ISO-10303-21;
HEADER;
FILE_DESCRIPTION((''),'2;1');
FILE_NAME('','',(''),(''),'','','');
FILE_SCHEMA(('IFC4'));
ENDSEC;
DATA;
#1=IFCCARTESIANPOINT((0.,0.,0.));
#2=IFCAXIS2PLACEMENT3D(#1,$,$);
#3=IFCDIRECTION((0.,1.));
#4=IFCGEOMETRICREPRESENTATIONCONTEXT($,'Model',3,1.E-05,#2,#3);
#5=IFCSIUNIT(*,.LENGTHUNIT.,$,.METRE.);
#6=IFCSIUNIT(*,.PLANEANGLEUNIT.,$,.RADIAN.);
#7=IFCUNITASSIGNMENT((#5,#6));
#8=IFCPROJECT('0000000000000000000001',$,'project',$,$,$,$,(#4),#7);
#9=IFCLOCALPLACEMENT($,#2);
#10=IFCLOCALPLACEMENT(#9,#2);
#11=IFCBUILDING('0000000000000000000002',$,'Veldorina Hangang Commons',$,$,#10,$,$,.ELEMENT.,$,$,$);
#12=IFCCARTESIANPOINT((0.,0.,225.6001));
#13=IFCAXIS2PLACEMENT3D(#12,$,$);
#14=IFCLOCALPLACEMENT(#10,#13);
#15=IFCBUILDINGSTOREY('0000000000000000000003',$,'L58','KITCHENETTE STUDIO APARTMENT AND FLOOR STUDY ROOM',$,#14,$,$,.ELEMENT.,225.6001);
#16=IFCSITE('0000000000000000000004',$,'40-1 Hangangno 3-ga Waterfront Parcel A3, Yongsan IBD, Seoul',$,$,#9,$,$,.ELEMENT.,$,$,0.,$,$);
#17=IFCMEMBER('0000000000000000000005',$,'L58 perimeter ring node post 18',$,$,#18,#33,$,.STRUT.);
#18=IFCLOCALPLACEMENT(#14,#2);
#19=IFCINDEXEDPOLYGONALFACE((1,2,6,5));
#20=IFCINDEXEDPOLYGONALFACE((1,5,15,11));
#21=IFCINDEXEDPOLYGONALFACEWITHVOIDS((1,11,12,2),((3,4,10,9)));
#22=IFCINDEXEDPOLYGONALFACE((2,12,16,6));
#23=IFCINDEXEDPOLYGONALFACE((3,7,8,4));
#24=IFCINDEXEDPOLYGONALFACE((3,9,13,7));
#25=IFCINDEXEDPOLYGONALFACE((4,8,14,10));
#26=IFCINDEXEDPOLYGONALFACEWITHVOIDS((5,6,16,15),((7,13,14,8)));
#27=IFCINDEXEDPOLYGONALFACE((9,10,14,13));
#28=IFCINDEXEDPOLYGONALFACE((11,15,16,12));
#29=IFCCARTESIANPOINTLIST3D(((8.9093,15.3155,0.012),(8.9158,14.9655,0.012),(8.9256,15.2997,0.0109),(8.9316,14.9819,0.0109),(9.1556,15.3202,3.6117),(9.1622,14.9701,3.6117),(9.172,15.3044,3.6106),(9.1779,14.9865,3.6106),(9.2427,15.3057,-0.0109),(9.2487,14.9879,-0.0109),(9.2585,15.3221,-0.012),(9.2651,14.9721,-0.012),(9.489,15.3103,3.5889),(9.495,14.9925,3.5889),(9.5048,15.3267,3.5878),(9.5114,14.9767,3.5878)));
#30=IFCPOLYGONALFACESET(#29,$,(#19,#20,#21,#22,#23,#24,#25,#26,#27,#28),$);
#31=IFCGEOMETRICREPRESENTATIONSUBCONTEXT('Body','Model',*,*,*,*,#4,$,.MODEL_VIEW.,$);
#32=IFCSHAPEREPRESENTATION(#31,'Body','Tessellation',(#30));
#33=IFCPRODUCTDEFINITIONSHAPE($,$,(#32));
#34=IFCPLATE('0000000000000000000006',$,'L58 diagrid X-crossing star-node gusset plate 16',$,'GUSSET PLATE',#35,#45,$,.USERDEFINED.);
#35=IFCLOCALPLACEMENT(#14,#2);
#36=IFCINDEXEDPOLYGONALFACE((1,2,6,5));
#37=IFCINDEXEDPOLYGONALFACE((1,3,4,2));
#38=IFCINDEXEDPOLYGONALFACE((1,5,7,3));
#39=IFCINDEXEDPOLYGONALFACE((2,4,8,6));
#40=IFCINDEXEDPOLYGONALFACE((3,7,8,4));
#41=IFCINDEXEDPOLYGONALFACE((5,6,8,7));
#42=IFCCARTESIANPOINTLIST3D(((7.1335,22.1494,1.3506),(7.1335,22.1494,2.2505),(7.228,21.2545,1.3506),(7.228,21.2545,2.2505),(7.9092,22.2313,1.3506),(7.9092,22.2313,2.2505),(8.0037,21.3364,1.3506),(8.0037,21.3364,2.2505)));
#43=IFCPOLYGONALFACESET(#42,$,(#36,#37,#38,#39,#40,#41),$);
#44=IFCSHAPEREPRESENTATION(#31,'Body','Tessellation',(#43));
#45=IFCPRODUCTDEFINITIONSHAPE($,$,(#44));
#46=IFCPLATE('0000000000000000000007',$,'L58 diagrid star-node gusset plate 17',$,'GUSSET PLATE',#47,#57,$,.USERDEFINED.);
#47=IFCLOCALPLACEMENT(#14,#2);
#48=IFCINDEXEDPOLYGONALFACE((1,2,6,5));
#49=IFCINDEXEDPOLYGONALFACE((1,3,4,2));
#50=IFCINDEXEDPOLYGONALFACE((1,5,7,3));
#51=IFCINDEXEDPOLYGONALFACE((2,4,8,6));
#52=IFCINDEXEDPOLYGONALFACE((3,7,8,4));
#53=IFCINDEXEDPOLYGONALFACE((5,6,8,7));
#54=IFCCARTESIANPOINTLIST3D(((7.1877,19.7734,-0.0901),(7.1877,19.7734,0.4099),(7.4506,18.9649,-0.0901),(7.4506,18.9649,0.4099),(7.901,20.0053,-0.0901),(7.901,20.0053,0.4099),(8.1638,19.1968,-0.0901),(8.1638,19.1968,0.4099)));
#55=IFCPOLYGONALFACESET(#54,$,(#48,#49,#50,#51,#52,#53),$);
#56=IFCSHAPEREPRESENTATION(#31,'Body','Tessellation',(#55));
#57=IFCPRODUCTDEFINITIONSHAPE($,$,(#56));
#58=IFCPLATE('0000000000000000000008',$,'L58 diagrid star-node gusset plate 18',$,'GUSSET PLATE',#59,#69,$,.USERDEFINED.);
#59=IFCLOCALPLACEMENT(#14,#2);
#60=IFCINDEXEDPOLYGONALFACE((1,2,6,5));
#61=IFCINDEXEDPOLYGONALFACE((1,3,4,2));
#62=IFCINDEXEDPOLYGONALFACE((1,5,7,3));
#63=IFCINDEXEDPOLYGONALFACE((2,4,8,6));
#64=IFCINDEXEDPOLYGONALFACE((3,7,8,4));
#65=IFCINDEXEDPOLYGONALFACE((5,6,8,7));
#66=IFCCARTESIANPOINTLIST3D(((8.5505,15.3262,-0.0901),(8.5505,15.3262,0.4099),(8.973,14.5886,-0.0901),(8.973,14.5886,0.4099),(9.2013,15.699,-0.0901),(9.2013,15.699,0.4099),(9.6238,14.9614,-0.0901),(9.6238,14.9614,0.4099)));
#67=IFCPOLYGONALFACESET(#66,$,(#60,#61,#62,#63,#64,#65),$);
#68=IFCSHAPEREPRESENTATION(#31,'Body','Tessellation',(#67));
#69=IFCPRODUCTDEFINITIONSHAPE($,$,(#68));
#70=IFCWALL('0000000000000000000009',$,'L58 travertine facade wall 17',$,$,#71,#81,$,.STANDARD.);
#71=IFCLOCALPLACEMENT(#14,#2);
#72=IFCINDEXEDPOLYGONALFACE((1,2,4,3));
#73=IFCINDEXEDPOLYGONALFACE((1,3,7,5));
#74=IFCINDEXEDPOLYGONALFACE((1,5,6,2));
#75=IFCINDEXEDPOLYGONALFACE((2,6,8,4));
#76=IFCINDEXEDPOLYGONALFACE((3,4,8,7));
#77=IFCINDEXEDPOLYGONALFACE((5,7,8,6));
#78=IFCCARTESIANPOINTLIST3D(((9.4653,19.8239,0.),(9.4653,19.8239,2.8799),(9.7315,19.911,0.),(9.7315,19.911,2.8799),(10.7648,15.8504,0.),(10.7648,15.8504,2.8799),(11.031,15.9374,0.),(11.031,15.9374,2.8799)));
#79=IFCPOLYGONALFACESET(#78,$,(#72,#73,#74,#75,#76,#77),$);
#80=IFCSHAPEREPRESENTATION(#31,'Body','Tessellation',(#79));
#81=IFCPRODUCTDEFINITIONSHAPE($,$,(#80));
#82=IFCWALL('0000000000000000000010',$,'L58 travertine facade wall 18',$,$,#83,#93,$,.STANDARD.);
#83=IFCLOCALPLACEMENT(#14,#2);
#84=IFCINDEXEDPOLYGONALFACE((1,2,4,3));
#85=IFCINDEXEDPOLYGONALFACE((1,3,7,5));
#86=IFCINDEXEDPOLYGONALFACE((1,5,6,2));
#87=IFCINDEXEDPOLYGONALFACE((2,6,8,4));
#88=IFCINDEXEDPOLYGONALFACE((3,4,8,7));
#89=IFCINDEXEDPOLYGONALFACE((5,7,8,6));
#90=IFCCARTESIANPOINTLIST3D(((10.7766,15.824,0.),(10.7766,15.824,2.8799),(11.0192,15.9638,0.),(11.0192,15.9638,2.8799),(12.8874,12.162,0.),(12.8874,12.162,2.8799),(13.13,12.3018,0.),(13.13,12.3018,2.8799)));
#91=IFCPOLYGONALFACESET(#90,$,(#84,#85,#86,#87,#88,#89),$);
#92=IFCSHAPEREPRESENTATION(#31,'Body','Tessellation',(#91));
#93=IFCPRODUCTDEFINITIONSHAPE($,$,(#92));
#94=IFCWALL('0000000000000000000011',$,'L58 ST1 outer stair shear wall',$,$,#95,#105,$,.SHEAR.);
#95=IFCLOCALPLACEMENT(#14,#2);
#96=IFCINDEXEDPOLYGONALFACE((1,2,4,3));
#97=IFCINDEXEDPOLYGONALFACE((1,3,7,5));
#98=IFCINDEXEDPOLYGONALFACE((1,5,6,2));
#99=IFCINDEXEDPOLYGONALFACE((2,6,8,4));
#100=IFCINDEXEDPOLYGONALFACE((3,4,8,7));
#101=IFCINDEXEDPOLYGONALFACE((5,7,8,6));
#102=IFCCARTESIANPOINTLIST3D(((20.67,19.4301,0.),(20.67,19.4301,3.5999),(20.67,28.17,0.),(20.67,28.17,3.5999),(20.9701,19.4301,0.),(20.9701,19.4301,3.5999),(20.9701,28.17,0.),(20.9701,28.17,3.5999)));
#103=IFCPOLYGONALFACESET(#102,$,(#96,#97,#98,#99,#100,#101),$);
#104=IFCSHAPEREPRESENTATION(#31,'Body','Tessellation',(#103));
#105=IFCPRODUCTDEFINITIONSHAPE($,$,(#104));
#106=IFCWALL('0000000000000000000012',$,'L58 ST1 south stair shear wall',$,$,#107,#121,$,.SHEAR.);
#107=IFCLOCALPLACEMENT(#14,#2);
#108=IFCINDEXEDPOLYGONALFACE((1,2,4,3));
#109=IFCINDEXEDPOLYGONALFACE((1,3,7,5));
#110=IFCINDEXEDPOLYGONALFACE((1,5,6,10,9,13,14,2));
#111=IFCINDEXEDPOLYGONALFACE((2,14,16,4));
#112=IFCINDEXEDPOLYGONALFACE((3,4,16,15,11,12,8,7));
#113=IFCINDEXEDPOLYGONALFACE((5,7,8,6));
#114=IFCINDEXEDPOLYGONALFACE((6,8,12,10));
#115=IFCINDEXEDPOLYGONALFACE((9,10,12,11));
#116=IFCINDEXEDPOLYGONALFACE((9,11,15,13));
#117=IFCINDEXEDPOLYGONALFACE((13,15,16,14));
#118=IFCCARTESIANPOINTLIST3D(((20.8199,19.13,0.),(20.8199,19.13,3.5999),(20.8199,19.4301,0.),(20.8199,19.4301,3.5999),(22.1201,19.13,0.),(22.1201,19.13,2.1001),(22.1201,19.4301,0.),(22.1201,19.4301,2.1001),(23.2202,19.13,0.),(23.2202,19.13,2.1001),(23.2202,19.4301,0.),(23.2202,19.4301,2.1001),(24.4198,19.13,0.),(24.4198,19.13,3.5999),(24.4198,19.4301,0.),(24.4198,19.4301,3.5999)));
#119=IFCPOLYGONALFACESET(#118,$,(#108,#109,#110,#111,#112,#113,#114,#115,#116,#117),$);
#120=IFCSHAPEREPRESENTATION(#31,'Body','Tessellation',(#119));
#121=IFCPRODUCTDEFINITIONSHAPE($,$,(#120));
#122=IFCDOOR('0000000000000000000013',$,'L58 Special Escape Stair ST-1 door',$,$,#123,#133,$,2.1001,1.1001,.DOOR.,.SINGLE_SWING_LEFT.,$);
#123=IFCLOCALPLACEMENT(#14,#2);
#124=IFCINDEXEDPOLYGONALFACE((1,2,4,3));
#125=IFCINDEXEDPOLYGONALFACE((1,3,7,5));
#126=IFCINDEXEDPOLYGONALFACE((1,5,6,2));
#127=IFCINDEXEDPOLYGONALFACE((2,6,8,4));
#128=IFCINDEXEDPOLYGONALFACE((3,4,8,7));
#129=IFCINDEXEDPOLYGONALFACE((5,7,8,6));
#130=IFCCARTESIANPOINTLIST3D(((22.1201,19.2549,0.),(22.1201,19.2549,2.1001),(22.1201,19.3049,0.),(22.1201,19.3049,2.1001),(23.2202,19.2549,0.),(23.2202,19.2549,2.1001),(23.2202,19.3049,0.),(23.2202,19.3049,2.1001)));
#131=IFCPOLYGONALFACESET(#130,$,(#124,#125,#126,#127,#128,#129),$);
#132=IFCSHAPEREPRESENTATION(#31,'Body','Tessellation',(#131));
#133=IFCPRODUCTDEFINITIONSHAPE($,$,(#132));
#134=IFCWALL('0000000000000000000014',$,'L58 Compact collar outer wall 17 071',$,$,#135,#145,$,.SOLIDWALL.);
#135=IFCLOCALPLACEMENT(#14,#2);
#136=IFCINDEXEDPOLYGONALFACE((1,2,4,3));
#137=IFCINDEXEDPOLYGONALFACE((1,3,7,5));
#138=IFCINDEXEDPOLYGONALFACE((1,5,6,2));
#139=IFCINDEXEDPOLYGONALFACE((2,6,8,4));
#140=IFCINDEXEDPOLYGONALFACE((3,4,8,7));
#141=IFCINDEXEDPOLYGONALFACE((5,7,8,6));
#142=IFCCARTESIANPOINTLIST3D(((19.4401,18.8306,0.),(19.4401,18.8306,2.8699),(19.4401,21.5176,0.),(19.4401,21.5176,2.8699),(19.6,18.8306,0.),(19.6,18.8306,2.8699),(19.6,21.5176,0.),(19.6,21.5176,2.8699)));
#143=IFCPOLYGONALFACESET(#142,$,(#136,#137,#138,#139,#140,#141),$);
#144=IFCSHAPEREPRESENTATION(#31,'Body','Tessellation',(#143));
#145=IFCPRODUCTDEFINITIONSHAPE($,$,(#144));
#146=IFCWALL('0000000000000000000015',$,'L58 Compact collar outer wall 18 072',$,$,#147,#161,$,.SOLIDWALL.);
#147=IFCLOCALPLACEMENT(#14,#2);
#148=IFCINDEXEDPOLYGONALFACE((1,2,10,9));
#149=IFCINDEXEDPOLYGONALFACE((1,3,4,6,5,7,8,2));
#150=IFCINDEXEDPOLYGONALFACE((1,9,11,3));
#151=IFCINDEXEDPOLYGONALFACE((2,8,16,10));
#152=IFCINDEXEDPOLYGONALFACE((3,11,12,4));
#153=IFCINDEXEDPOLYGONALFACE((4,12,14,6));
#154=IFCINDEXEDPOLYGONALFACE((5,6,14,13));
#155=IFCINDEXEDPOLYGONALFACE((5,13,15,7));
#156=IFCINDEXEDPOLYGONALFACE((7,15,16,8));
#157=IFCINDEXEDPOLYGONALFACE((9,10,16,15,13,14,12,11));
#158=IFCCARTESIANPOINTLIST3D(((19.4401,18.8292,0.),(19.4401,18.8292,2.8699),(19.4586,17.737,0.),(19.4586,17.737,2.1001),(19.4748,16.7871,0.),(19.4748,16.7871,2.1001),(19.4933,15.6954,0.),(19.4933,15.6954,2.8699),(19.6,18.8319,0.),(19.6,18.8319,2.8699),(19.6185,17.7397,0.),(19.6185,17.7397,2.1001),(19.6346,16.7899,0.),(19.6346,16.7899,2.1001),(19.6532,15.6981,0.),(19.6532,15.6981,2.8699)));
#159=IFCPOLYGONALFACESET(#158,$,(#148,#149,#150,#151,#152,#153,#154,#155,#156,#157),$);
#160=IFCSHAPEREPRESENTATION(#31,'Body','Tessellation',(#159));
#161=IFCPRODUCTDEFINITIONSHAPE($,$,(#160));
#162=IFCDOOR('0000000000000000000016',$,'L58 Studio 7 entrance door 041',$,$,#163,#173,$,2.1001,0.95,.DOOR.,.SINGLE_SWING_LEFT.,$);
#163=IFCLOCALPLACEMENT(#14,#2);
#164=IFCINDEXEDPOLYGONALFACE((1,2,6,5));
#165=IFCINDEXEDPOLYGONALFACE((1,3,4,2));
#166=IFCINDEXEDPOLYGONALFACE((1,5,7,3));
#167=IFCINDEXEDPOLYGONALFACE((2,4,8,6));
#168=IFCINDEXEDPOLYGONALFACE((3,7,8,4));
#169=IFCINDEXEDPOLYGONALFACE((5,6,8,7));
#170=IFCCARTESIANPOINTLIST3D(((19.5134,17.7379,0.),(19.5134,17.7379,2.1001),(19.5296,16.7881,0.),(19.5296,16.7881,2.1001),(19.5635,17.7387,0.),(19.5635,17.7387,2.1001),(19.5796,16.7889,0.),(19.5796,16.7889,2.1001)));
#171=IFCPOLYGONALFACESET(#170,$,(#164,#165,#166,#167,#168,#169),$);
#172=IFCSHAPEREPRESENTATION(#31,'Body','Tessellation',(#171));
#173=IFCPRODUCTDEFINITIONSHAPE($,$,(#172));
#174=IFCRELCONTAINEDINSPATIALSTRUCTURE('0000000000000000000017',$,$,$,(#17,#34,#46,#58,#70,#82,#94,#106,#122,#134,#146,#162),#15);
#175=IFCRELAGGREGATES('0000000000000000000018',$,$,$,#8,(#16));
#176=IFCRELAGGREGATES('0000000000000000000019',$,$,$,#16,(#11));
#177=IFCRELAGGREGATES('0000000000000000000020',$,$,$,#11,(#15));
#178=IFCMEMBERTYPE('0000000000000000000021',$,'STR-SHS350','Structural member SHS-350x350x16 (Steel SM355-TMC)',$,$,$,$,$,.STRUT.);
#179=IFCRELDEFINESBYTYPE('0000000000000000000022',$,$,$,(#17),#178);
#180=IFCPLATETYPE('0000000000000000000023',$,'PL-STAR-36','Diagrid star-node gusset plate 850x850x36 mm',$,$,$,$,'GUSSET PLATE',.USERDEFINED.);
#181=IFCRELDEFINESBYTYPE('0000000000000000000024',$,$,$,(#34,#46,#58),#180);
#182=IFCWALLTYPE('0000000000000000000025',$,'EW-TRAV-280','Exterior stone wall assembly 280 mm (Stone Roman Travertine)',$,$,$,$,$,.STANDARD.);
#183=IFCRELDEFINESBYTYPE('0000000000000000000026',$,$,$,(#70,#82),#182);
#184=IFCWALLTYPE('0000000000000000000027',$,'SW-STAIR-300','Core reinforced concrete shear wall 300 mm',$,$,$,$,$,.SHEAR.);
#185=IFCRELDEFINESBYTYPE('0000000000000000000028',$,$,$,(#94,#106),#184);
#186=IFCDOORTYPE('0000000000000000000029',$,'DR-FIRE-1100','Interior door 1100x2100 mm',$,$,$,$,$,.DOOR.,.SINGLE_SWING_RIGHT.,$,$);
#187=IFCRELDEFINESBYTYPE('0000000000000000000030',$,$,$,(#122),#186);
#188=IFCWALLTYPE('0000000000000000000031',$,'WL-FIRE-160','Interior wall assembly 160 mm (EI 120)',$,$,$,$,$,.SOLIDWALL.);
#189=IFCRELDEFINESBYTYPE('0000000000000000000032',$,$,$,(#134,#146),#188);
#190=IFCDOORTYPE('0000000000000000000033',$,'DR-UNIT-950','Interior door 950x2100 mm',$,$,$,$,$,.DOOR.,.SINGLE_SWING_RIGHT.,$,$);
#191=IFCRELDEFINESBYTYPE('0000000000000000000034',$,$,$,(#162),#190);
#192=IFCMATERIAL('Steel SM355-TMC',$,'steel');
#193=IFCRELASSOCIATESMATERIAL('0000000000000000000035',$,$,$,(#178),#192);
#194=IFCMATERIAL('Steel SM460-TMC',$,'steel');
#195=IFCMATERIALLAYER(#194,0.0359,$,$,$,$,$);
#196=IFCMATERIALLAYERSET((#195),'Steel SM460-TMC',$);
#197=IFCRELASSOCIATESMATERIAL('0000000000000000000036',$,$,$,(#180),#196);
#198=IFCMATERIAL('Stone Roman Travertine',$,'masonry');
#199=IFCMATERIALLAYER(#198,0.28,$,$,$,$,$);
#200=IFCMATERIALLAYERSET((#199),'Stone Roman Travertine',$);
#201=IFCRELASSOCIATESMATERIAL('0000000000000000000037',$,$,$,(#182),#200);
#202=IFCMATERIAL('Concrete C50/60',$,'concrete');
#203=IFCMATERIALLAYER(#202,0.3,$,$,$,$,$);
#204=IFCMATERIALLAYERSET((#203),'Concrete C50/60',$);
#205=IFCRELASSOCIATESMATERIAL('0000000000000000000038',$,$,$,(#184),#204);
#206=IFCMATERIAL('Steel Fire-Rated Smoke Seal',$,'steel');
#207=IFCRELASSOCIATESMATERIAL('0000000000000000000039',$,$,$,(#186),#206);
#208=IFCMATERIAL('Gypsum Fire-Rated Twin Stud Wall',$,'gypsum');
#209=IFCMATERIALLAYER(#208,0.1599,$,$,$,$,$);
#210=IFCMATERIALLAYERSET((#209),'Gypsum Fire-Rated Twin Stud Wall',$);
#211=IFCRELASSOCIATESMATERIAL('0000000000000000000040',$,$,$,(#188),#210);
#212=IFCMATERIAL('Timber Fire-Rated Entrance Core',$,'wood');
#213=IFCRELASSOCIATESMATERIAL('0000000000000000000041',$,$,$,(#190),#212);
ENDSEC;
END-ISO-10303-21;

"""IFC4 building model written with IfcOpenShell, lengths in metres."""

from ifc_helpers import new_model, si_unit, direction, frame, frame_2d, origin, origin_2d, place, context, subcontext, project, spatial, rectangle, hollow_rectangle, extrude, material, layer, layer_set, material_profile, profile_set, type_object, element, fill, save


model = new_model("IFC4")

# Units and contexts
model_context = context("Model", 3, precision=1e-05, world=origin(), true_north=direction((0.0, 1.0)))
body_context = subcontext(model_context, "Body", "Model", "MODEL_VIEW")
ifc_project = project(units=[si_unit("LENGTHUNIT", "METRE"), si_unit("PLANEANGLEUNIT", "RADIAN")], contexts=[model_context])

# Site, building, storey
site_placement = place(None, origin())
site = spatial("IfcSite", under=ifc_project, at=site_placement, Name="40-1 Hangangno 3-ga Waterfront Parcel A3, Yongsan IBD, Seoul", CompositionType="ELEMENT", RefElevation=0.0)
building_placement = place(site_placement, origin())
building = spatial("IfcBuilding", under=site, at=building_placement, Name="Veldorina Hangang Commons", CompositionType="ELEMENT")
storey_placement = place(building_placement, frame((0.0, 0.0, 225.6001)))
storey = spatial("IfcBuildingStorey", under=building, at=storey_placement, Name="L58", Description="KITCHENETTE STUDIO APARTMENT AND FLOOR STUDY ROOM", CompositionType="ELEMENT", Elevation=225.6001)

# Shared definitions
ifc_material_1 = material(Name="Steel SM355-TMC", Category="steel")

# Member
ifc_material_profile_1 = material_profile(ifc_material_1, hollow_rectangle(XDim=0.3501, YDim=0.3501, WallThickness=0.0161, at=origin_2d()), Name="SHS-350x350x16")
ifc_profile_set_1 = profile_set([ifc_material_profile_1], Name="Steel SM355-TMC")
member_type_1 = type_object("IfcMemberType", Name="STR-SHS350", Description="Structural member SHS-350x350x16 (Steel SM355-TMC)", PredefinedType="STRUT", material=ifc_profile_set_1)
member_1_placement = place(storey_placement, frame((9.0872, 15.1438, 0.0), z_axis=(0.06827, 0.001286, 0.997666), x_axis=(-0.018827, 0.999823, 0.0)))
element("IfcMember", 1, at=member_1_placement, inside=storey, type_object=member_type_1, Name="L58 perimeter ring node post 18", PredefinedType="STRUT", context=body_context, shape_type="SweptSolid", body=[
    extrude(hollow_rectangle(XDim=0.3501, YDim=0.3501, WallThickness=0.0161, at=origin_2d()), origin(), (0.0, 0.0, 1.0), 3.6082),
])

# Plates
ifc_material_2 = material(Name="Steel SM460-TMC", Category="steel")
ifc_layer_1 = layer(ifc_material_2, 0.0359)
ifc_layer_set_1 = layer_set([ifc_layer_1], Name="Steel SM460-TMC")
plate_type = type_object("IfcPlateType", Name="PL-STAR-36", Description="Diagrid star-node gusset plate 850x850x36 mm", ElementType="GUSSET PLATE", PredefinedType="USERDEFINED", material=ifc_layer_set_1)
plate_placement = place(storey_placement, frame((7.5686, 21.7429, 1.3506), z_axis=(0.0, 0.0, 1.0), x_axis=(0.104962, -0.994476, 0.0)))
element("IfcPlate", 2, at=plate_placement, inside=storey, type_object=plate_type, Name="L58 diagrid X-crossing star-node gusset plate 16", ObjectType="GUSSET PLATE", PredefinedType="USERDEFINED", context=body_context, shape_type="SweptSolid", body=[
    extrude(rectangle(XDim=0.8999, YDim=0.78, at=origin_2d()), origin(), (0.0, 0.0, 1.0), 0.8999),
])
for number, where, z_axis, x_axis, name in (
    (3, (7.6758, 19.4851, -0.0901), (0.0, 0.0, 1.0), (0.309166, -0.951008, 0.0), "L58 diagrid star-node gusset plate 17"),
    (4, (9.0872, 15.1438, -0.0901), (0.0, 0.0, 1.0), (0.49705, -0.867722, 0.0), "L58 diagrid star-node gusset plate 18"),
):
    element("IfcPlate", number, at=place(storey_placement, frame(where, z_axis=z_axis, x_axis=x_axis)), inside=storey, type_object=plate_type, Name=name, ObjectType="GUSSET PLATE", PredefinedType="USERDEFINED", context=body_context, shape_type="SweptSolid", body=[
        extrude(rectangle(XDim=0.8501, YDim=0.75, at=origin_2d()), origin(), (0.0, 0.0, 1.0), 0.5),
    ])

# Walls
ifc_material_3 = material(Name="Stone Roman Travertine", Category="masonry")
ifc_layer_2 = layer(ifc_material_3, 0.28)
ifc_layer_set_2 = layer_set([ifc_layer_2], Name="Stone Roman Travertine")
wall_type_1 = type_object("IfcWallType", Name="EW-TRAV-280", Description="Exterior stone wall assembly 280 mm (Stone Roman Travertine)", PredefinedType="STANDARD", material=ifc_layer_set_2)
wall_1_placement = place(storey_placement, frame((9.5984, 19.8674, 0.0), z_axis=(0.0, 0.0, 1.0), x_axis=(0.310844, -0.950461, 0.0)))
element("IfcWall", 5, at=wall_1_placement, inside=storey, type_object=wall_type_1, Name="L58 travertine facade wall 17", PredefinedType="STANDARD", context=body_context, shape_type="SweptSolid", body=[
    extrude(rectangle(XDim=4.1807, YDim=0.28, at=frame_2d((2.0903, 0.0))), origin(), (0.0, 0.0, 1.0), 2.8799),
])
wall_2_placement = place(storey_placement, frame((10.8979, 15.8938, 0.0), z_axis=(0.0, 0.0, 1.0), x_axis=(0.499382, -0.866382, 0.0)))
element("IfcWall", 6, at=wall_2_placement, inside=storey, type_object=wall_type_1, Name="L58 travertine facade wall 18", PredefinedType="STANDARD", context=body_context, shape_type="SweptSolid", body=[
    extrude(rectangle(XDim=4.2268, YDim=0.28, at=frame_2d((2.1133, 0.0))), origin(), (0.0, 0.0, 1.0), 2.8799),
])
ifc_material_4 = material(Name="Concrete C50/60", Category="concrete")
ifc_layer_3 = layer(ifc_material_4, 0.3)
ifc_layer_set_3 = layer_set([ifc_layer_3], Name="Concrete C50/60")
wall_type_2 = type_object("IfcWallType", Name="SW-STAIR-300", Description="Core reinforced concrete shear wall 300 mm", PredefinedType="SHEAR", material=ifc_layer_set_3)
wall_3_placement = place(storey_placement, frame((20.8201, 19.4299, 0.0), z_axis=(0.0, 0.0, 1.0), x_axis=(0.0, 1.0, 0.0)))
element("IfcWall", 7, at=wall_3_placement, inside=storey, type_object=wall_type_2, Name="L58 ST1 outer stair shear wall", PredefinedType="SHEAR", context=body_context, shape_type="SweptSolid", body=[
    extrude(rectangle(XDim=8.74, YDim=0.3, at=frame_2d((4.3701, 0.0))), origin(), (0.0, 0.0, 1.0), 3.5999),
])

# Wall, opening, door
wall_4_placement = place(storey_placement, frame((20.8201, 19.28, 0.0), z_axis=(0.0, 0.0, 1.0), x_axis=(1.0, 0.0, 0.0)))
wall_4 = element("IfcWall", 8, at=wall_4_placement, inside=storey, type_object=wall_type_2, Name="L58 ST1 south stair shear wall", PredefinedType="SHEAR", context=body_context, shape_type="SweptSolid", body=[
    extrude(rectangle(XDim=3.5999, YDim=0.3, at=frame_2d((1.7998, 0.0))), origin(), (0.0, 0.0, 1.0), 3.5999),
])
opening_1_placement = place(wall_4_placement, frame((1.3, 0.0, 0.0)))
opening_1 = element("IfcOpeningElement", 9, at=opening_1_placement, cuts=wall_4, PredefinedType="OPENING", context=body_context, shape_type="SweptSolid", body=[
    extrude(rectangle(XDim=1.1001, YDim=2.1001, at=frame_2d((0.55, 1.05))), frame((0.0, 0.1602, 0.0), z_axis=(0.0, -1.0, 0.0), x_axis=(1.0, 0.0, 0.0)), (0.0, 0.0, 1.0), 0.3201),
])
ifc_material_5 = material(Name="Steel Fire-Rated Smoke Seal", Category="steel")
door_type_1 = type_object("IfcDoorType", Name="DR-FIRE-1100", Description="Interior door 1100x2100 mm", OperationType="SINGLE_SWING_RIGHT", PredefinedType="DOOR", material=ifc_material_5)
door_1_placement = place(opening_1_placement, origin())
door_1 = element("IfcDoor", 10, at=door_1_placement, inside=storey, type_object=door_type_1, Name="L58 Special Escape Stair ST-1 door", OperationType="SINGLE_SWING_LEFT", OverallHeight=2.1001, OverallWidth=1.1001, PredefinedType="DOOR", context=body_context, shape_type="SweptSolid", body=[
    extrude(rectangle(XDim=1.1001, YDim=2.1001, at=frame_2d((0.55, 1.05))), frame((0.0, 0.0249, 0.0), z_axis=(0.0, -1.0, 0.0), x_axis=(1.0, 0.0, 0.0)), (0.0, 0.0, 1.0), 0.05),
])
fill(opening_1, door_1)

# Wall
ifc_material_6 = material(Name="Gypsum Fire-Rated Twin Stud Wall", Category="gypsum")
ifc_layer_4 = layer(ifc_material_6, 0.1599)
ifc_layer_set_4 = layer_set([ifc_layer_4], Name="Gypsum Fire-Rated Twin Stud Wall")
wall_type_3 = type_object("IfcWallType", Name="WL-FIRE-160", Description="Interior wall assembly 160 mm (EI 120)", PredefinedType="SOLIDWALL", material=ifc_layer_set_4)
wall_5_placement = place(storey_placement, frame((19.52, 21.5176, 0.0), z_axis=(0.0, 0.0, 1.0), x_axis=(0.0, -1.0, 0.0)))
element("IfcWall", 11, at=wall_5_placement, inside=storey, type_object=wall_type_3, Name="L58 Compact collar outer wall 17 071", PredefinedType="SOLIDWALL", context=body_context, shape_type="SweptSolid", body=[
    extrude(rectangle(XDim=2.687, YDim=0.1599, at=frame_2d((1.3435, 0.0))), origin(), (0.0, 0.0, 1.0), 2.8699),
])

# Wall, opening, door
wall_6_placement = place(storey_placement, frame((19.52, 18.8306, 0.0), z_axis=(0.0, 0.0, 1.0), x_axis=(0.016981, -0.999856, 0.0)))
wall_6 = element("IfcWall", 12, at=wall_6_placement, inside=storey, type_object=wall_type_3, Name="L58 Compact collar outer wall 18 072", PredefinedType="SOLIDWALL", context=body_context, shape_type="SweptSolid", body=[
    extrude(rectangle(XDim=3.1343, YDim=0.1599, at=frame_2d((1.5671, 0.0))), origin(), (0.0, 0.0, 1.0), 2.8699),
])
opening_2_placement = place(wall_6_placement, frame((1.0923, 0.0, 0.0)))
opening_2 = element("IfcOpeningElement", 13, at=opening_2_placement, cuts=wall_6, PredefinedType="OPENING", context=body_context, shape_type="SweptSolid", body=[
    extrude(rectangle(XDim=0.95, YDim=2.1001, at=frame_2d((0.4751, 1.05))), frame((0.0, 0.0898, 0.0), z_axis=(0.0, -1.0, 0.0), x_axis=(1.0, 0.0, 0.0)), (0.0, 0.0, 1.0), 0.1799),
])
ifc_material_7 = material(Name="Timber Fire-Rated Entrance Core", Category="wood")
door_type_2 = type_object("IfcDoorType", Name="DR-UNIT-950", Description="Interior door 950x2100 mm", OperationType="SINGLE_SWING_RIGHT", PredefinedType="DOOR", material=ifc_material_7)
door_2_placement = place(opening_2_placement, origin())
door_2 = element("IfcDoor", 14, at=door_2_placement, inside=storey, type_object=door_type_2, Name="L58 Studio 7 entrance door 041", OperationType="SINGLE_SWING_LEFT", OverallHeight=2.1001, OverallWidth=0.95, PredefinedType="DOOR", context=body_context, shape_type="SweptSolid", body=[
    extrude(rectangle(XDim=0.95, YDim=2.1001, at=frame_2d((0.4751, 1.05))), frame((0.0, 0.0249, 0.0), z_axis=(0.0, -1.0, 0.0), x_axis=(1.0, 0.0, 0.0)), (0.0, 0.0, 1.0), 0.05),
])
fill(opening_2, door_2)

save(model, "model.ifc")
